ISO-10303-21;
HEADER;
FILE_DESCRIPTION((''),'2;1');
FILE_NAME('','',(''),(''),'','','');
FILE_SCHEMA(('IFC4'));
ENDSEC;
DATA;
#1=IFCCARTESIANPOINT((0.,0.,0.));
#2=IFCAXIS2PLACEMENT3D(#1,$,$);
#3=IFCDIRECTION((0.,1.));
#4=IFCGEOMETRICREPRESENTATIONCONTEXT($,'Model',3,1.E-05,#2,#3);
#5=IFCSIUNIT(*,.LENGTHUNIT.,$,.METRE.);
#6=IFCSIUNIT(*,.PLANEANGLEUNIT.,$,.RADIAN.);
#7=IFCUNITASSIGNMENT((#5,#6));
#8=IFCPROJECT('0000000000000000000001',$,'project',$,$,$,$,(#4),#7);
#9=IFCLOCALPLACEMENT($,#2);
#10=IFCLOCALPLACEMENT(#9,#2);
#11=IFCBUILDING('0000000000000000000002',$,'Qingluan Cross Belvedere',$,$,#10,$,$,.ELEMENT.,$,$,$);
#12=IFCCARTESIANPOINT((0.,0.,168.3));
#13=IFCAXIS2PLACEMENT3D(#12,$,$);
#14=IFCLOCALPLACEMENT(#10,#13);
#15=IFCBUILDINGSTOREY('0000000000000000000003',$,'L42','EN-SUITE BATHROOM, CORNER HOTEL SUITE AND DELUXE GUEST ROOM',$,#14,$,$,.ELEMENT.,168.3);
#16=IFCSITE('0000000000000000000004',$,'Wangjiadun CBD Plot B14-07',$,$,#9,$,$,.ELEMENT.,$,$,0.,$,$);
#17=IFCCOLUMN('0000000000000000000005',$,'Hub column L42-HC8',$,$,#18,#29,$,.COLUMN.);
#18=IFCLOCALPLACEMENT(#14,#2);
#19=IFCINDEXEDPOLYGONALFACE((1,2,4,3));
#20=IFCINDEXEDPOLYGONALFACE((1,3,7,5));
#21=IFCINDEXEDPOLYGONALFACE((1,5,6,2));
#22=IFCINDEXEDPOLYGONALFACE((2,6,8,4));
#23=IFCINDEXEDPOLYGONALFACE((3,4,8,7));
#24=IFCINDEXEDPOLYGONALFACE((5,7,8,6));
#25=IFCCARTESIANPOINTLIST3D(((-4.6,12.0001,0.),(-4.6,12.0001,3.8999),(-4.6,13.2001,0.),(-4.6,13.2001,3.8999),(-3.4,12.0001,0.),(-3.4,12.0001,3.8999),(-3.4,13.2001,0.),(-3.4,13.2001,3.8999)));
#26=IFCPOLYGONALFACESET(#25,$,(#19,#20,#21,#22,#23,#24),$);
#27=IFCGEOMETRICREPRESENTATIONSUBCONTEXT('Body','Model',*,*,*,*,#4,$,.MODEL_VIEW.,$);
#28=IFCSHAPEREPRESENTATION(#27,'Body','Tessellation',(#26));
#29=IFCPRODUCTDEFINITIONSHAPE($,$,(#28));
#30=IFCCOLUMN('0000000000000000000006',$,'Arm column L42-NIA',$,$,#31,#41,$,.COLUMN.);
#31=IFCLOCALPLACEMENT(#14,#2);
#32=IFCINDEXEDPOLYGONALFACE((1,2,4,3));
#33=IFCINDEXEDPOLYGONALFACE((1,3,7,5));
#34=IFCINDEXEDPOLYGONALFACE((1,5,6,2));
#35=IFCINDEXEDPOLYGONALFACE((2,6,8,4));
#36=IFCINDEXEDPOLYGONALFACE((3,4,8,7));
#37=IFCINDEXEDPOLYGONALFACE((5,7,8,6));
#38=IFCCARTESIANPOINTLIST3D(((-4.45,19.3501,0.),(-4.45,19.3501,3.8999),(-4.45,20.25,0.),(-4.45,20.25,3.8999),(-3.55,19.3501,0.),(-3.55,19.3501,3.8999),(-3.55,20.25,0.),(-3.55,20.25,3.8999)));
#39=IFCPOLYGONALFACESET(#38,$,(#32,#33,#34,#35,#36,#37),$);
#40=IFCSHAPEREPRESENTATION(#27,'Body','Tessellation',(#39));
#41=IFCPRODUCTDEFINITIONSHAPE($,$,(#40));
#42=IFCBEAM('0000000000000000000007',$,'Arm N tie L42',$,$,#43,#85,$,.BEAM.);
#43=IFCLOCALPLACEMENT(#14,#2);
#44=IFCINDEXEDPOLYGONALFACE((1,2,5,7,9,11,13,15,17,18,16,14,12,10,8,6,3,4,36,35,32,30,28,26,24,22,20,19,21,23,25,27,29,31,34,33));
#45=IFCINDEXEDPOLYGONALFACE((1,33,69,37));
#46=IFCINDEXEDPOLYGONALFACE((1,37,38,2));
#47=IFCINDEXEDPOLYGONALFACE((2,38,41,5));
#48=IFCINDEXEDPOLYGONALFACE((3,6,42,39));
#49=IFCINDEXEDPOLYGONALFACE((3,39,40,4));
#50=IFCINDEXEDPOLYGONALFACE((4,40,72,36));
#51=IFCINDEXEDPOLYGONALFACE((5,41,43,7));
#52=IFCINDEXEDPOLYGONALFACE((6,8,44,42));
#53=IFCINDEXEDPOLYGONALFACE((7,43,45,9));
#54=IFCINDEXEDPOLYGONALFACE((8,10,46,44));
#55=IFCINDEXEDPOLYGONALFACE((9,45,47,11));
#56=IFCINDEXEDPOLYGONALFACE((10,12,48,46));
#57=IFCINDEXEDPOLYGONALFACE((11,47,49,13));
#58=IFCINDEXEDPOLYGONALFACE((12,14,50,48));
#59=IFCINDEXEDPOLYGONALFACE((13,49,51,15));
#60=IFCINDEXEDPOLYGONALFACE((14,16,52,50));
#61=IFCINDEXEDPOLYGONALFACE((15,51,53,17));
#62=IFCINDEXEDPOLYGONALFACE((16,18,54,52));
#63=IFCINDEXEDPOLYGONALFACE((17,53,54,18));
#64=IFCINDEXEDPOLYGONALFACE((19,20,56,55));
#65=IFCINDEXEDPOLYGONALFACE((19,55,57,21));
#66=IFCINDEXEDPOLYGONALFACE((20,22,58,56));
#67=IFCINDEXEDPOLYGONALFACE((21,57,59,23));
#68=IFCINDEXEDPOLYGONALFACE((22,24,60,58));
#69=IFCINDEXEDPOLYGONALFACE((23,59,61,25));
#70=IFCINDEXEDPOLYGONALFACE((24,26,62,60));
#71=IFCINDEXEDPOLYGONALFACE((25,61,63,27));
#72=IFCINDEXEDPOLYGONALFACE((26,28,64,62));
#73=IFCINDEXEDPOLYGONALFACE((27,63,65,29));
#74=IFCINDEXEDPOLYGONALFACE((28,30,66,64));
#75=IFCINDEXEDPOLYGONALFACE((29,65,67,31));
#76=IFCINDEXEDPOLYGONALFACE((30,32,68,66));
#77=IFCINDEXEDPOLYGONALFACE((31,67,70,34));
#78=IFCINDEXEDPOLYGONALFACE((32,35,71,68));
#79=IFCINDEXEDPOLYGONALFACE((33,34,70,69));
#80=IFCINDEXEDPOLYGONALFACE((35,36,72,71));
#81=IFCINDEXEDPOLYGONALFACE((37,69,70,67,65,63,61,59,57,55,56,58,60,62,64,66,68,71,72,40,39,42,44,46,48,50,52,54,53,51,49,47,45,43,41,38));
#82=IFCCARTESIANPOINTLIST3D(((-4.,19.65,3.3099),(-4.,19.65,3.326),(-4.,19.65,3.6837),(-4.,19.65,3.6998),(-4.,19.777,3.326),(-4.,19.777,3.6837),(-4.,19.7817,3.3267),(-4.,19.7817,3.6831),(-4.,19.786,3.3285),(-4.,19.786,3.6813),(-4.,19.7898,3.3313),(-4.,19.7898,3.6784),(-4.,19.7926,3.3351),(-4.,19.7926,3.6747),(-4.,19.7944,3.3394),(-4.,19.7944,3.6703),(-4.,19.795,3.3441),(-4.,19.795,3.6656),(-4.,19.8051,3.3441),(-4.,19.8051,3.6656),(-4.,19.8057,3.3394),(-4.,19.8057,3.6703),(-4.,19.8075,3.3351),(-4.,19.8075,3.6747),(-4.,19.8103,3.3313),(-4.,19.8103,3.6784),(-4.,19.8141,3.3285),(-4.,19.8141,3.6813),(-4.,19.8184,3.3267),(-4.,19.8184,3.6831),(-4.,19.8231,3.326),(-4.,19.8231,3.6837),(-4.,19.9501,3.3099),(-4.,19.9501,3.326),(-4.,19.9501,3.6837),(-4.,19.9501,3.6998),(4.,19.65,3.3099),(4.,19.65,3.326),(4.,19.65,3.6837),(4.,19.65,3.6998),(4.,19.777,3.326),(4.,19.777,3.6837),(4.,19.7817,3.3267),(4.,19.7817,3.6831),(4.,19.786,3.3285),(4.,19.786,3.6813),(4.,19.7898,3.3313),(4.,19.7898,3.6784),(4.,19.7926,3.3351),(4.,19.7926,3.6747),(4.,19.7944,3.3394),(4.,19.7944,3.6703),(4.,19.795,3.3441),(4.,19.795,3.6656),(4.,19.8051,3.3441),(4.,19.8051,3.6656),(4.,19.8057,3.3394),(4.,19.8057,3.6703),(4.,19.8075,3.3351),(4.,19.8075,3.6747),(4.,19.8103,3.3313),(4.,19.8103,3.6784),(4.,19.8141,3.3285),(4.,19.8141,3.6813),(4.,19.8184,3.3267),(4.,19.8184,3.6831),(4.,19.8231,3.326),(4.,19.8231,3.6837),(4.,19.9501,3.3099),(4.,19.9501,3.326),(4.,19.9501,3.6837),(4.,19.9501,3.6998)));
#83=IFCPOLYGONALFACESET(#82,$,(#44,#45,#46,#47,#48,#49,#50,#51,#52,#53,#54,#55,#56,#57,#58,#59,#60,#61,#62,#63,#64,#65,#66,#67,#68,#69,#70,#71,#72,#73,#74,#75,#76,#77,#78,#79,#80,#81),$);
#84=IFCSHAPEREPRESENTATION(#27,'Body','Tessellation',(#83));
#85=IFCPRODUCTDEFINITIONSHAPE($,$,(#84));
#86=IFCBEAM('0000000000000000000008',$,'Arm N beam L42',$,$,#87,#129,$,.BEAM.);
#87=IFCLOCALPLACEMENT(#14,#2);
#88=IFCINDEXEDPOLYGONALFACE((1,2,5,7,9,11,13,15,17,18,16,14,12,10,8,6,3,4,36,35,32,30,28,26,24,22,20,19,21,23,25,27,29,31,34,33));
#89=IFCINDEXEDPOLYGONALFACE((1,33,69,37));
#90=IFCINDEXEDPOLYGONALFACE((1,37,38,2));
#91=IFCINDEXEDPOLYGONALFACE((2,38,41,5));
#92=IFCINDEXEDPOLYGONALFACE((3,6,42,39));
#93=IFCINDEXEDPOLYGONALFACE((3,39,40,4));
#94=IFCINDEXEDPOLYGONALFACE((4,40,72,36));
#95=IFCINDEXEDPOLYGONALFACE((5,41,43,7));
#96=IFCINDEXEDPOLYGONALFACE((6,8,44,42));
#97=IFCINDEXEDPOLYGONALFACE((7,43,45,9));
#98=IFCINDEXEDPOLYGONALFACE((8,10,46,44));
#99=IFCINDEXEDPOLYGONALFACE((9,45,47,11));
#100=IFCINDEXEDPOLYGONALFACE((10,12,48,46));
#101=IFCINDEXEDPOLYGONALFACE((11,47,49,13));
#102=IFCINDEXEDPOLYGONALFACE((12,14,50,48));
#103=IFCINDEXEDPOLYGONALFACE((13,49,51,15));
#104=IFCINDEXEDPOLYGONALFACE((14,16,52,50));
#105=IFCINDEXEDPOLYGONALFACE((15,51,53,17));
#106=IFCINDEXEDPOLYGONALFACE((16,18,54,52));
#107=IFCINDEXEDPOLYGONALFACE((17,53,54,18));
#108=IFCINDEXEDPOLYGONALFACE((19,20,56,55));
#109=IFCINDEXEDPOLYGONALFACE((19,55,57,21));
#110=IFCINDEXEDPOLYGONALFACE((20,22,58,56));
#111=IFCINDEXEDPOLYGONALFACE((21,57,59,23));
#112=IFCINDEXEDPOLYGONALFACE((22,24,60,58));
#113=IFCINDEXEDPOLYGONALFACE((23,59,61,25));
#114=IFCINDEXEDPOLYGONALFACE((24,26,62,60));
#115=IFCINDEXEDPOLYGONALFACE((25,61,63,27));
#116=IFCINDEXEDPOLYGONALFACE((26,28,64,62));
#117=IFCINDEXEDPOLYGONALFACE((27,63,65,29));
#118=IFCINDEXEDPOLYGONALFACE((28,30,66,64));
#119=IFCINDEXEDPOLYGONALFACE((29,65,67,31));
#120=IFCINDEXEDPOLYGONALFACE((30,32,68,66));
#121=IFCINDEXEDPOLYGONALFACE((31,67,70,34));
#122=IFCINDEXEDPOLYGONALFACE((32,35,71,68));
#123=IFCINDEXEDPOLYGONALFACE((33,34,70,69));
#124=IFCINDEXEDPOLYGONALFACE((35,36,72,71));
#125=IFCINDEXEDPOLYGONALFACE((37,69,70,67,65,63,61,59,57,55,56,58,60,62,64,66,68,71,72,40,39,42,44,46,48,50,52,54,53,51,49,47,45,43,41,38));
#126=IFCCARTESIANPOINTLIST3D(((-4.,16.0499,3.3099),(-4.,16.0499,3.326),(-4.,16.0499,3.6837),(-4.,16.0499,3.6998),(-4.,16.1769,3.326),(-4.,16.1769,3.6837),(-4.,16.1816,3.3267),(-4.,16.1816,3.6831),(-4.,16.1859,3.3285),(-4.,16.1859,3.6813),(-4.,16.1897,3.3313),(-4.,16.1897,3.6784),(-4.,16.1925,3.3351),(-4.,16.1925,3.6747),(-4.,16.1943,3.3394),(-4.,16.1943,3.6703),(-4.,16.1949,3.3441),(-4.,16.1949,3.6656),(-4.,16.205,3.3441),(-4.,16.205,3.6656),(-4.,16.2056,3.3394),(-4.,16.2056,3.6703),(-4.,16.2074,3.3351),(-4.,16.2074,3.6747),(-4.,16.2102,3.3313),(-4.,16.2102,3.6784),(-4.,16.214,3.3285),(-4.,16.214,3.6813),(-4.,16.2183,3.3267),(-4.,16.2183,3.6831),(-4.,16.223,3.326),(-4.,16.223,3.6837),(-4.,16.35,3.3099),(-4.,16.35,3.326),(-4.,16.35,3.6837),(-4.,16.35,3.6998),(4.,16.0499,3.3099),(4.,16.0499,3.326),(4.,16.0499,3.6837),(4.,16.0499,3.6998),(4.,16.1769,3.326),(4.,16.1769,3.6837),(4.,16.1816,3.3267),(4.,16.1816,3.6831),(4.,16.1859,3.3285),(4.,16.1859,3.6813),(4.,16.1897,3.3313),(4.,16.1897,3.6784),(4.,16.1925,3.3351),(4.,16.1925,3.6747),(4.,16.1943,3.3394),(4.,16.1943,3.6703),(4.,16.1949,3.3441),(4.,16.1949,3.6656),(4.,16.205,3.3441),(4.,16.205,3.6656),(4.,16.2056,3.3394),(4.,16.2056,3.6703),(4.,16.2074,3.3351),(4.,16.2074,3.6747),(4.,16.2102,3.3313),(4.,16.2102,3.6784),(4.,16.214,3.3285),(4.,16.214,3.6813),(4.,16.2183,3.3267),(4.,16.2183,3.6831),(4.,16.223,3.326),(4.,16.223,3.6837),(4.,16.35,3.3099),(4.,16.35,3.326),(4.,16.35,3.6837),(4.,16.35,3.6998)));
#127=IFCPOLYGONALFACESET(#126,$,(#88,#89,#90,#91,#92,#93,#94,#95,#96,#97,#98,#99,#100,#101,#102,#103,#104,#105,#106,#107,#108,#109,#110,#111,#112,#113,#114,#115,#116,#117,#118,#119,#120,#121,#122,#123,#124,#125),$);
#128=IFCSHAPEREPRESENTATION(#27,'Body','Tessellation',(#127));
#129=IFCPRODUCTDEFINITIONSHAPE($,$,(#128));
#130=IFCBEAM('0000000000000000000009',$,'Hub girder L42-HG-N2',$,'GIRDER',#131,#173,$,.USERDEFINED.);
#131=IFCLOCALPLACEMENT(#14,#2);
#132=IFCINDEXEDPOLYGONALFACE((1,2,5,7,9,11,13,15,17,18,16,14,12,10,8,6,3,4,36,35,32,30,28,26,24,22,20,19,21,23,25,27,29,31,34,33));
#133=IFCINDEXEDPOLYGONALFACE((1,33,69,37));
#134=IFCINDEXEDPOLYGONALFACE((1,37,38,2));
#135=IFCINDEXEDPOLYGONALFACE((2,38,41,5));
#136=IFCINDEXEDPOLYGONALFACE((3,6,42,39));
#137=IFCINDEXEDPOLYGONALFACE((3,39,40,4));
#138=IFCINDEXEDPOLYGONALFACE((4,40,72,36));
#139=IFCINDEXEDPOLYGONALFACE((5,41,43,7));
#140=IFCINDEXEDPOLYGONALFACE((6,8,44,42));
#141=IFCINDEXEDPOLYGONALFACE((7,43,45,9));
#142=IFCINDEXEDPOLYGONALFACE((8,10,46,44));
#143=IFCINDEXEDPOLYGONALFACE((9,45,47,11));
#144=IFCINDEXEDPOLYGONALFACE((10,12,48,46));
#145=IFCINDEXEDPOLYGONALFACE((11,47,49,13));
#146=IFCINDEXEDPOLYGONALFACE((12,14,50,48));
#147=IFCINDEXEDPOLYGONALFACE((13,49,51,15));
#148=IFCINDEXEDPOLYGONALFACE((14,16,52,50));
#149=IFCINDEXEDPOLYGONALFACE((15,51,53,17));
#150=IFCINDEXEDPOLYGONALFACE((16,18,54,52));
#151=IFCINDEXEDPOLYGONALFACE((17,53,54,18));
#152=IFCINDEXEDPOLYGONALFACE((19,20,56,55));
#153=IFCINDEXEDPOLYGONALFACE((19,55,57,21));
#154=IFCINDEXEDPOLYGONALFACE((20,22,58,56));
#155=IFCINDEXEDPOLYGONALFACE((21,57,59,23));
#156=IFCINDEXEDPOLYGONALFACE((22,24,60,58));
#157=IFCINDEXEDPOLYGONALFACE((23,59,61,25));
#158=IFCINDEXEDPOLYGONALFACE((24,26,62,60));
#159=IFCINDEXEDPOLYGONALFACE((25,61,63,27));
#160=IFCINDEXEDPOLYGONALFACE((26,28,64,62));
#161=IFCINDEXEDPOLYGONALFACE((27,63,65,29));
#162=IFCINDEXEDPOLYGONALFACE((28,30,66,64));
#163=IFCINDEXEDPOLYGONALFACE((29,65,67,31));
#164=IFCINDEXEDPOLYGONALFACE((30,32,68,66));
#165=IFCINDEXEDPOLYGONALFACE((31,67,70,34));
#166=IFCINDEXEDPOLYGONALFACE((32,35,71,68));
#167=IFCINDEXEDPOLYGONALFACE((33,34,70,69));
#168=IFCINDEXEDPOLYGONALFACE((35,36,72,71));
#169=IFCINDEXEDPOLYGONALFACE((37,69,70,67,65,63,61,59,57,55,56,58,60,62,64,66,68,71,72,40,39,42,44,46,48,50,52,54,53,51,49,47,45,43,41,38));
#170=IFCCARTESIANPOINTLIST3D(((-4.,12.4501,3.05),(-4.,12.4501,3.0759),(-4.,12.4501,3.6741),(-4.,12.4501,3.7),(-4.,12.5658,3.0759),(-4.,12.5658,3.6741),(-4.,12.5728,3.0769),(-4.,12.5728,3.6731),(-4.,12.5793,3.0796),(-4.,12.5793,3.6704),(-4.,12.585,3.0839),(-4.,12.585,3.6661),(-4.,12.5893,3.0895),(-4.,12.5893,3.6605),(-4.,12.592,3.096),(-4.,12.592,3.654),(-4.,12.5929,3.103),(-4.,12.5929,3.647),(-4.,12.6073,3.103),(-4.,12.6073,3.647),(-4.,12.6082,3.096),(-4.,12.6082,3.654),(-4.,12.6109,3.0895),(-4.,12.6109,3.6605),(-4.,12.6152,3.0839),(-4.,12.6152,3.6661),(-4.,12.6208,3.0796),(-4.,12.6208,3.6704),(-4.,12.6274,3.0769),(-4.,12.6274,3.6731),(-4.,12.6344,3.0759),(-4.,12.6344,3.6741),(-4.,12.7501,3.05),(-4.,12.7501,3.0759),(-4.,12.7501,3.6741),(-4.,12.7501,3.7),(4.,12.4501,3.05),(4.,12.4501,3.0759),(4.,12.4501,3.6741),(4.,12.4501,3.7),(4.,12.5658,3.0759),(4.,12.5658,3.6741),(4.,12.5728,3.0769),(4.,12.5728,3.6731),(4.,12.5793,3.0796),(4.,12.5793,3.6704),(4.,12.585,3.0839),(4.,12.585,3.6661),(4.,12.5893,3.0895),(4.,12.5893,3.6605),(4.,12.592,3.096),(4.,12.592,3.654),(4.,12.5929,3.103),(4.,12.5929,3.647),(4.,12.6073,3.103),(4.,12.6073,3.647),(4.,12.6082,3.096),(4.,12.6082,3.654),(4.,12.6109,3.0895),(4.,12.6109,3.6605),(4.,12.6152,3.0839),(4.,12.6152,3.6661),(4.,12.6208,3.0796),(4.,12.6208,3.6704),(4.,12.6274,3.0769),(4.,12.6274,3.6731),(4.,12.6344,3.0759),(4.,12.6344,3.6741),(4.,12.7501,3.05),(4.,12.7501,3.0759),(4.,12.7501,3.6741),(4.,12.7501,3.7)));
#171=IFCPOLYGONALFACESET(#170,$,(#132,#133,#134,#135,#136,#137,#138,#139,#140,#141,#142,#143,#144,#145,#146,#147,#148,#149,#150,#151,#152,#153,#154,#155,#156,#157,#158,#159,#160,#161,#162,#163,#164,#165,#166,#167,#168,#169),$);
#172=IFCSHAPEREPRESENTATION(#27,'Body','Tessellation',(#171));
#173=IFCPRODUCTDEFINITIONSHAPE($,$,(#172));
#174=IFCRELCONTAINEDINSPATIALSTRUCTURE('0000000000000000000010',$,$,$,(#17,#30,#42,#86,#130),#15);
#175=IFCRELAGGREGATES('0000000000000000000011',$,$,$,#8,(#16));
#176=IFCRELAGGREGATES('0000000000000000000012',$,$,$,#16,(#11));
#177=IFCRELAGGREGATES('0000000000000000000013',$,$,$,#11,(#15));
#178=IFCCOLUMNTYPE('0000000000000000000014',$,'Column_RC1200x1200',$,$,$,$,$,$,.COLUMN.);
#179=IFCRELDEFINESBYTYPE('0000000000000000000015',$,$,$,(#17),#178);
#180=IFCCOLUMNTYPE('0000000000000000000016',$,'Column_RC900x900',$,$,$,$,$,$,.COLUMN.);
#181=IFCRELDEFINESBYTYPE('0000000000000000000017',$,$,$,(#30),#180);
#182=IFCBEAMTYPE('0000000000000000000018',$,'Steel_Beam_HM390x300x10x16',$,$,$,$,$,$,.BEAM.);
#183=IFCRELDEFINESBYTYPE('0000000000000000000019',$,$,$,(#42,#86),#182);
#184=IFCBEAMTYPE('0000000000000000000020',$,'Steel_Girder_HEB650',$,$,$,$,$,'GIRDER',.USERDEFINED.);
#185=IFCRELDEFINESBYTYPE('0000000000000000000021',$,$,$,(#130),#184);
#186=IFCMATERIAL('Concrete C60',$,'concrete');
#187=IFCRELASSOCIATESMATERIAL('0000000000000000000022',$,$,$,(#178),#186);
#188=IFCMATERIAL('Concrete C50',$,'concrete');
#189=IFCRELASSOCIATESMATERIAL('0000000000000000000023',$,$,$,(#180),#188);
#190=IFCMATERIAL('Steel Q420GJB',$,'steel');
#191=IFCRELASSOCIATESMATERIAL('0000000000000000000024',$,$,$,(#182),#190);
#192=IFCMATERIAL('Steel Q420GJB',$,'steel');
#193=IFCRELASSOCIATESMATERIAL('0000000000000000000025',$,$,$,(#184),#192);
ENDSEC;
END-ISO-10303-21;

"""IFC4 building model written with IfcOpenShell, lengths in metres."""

from ifc_helpers import new_model, si_unit, direction, frame, origin, origin_2d, place, context, subcontext, project, spatial, rectangle, i_section, extrude, material, material_profile, profile_set, type_object, element, save


model = new_model("IFC4")

# Units and contexts
model_context = context("Model", 3, precision=1e-05, world=origin(), true_north=direction((0.0, 1.0)))
body_context = subcontext(model_context, "Body", "Model", "MODEL_VIEW")
ifc_project = project(units=[si_unit("LENGTHUNIT", "METRE"), si_unit("PLANEANGLEUNIT", "RADIAN")], contexts=[model_context])

# Site, building, storey
site_placement = place(None, origin())
site = spatial("IfcSite", under=ifc_project, at=site_placement, Name="Wangjiadun CBD Plot B14-07", CompositionType="ELEMENT", RefElevation=0.0)
building_placement = place(site_placement, origin())
building = spatial("IfcBuilding", under=site, at=building_placement, Name="Qingluan Cross Belvedere", CompositionType="ELEMENT")
storey_placement = place(building_placement, frame((0.0, 0.0, 168.3)))
storey = spatial("IfcBuildingStorey", under=building, at=storey_placement, Name="L42", Description="EN-SUITE BATHROOM, CORNER HOTEL SUITE AND DELUXE GUEST ROOM", CompositionType="ELEMENT", Elevation=168.3)

# Columns
ifc_material_1 = material(Name="Concrete C60", Category="concrete")
ifc_material_profile_1 = material_profile(ifc_material_1, rectangle(XDim=1.2, YDim=1.2, at=origin_2d()), Name="RC1200x1200")
ifc_profile_set_1 = profile_set([ifc_material_profile_1], Name="Concrete C60")
column_type_1 = type_object("IfcColumnType", Name="Column_RC1200x1200", PredefinedType="COLUMN", material=ifc_profile_set_1)
column_1_placement = place(storey_placement, frame((-4.0, 12.6001, 0.0), z_axis=(0.0, 0.0, 1.0), x_axis=(1.0, 0.0, 0.0)))
element("IfcColumn", 1, at=column_1_placement, inside=storey, type_object=column_type_1, Name="Hub column L42-HC8", PredefinedType="COLUMN", context=body_context, shape_type="SweptSolid", body=[
    extrude(rectangle(XDim=1.2, YDim=1.2, at=origin_2d()), origin(), (0.0, 0.0, 1.0), 3.8999),
])
ifc_material_2 = material(Name="Concrete C50", Category="concrete")
ifc_material_profile_2 = material_profile(ifc_material_2, rectangle(XDim=0.8999, YDim=0.8999, at=origin_2d()), Name="RC900x900")
ifc_profile_set_2 = profile_set([ifc_material_profile_2], Name="Concrete C50")
column_type_2 = type_object("IfcColumnType", Name="Column_RC900x900", PredefinedType="COLUMN", material=ifc_profile_set_2)
column_2_placement = place(storey_placement, frame((-4.0, 19.8, 0.0), z_axis=(0.0, 0.0, 1.0), x_axis=(1.0, 0.0, 0.0)))
element("IfcColumn", 2, at=column_2_placement, inside=storey, type_object=column_type_2, Name="Arm column L42-NIA", PredefinedType="COLUMN", context=body_context, shape_type="SweptSolid", body=[
    extrude(rectangle(XDim=0.8999, YDim=0.8999, at=origin_2d()), origin(), (0.0, 0.0, 1.0), 3.8999),
])

# Beams
ifc_material_3 = material(Name="Steel Q420GJB", Category="steel")
ifc_material_profile_3 = material_profile(ifc_material_3, i_section(OverallWidth=0.3, OverallDepth=0.3899, WebThickness=0.01, FlangeThickness=0.0161, FilletRadius=0.0181, at=origin_2d()), Name="HM390x300x10x16")
ifc_profile_set_3 = profile_set([ifc_material_profile_3], Name="Steel Q420GJB")
beam_type_1 = type_object("IfcBeamType", Name="Steel_Beam_HM390x300x10x16", PredefinedType="BEAM", material=ifc_profile_set_3)
for number, where, z_axis, x_axis, name in (
    (3, (-4.0, 19.8, 3.5049), (1.0, 0.0, 0.0), (0.0, 1.0, 0.0), "Arm N tie L42"),
    (4, (-4.0, 16.2, 3.5049), (1.0, 0.0, 0.0), (0.0, 1.0, 0.0), "Arm N beam L42"),
):
    element("IfcBeam", number, at=place(storey_placement, frame(where, z_axis=z_axis, x_axis=x_axis)), inside=storey, type_object=beam_type_1, Name=name, PredefinedType="BEAM", context=body_context, shape_type="SweptSolid", body=[
        extrude(i_section(OverallWidth=0.3, OverallDepth=0.3899, WebThickness=0.01, FlangeThickness=0.0161, FilletRadius=0.0181, at=origin_2d()), origin(), (0.0, 0.0, 1.0), 8.0),
    ])
ifc_material_4 = material(Name="Steel Q420GJB", Category="steel")
ifc_material_profile_4 = material_profile(ifc_material_4, i_section(OverallWidth=0.3, OverallDepth=0.6499, WebThickness=0.0144, FlangeThickness=0.0259, FilletRadius=0.0271, at=origin_2d()), Name="HEB650")
ifc_profile_set_4 = profile_set([ifc_material_profile_4], Name="Steel Q420GJB")
beam_type_2 = type_object("IfcBeamType", Name="Steel_Girder_HEB650", ElementType="GIRDER", PredefinedType="USERDEFINED", material=ifc_profile_set_4)
beam_1_placement = place(storey_placement, frame((-4.0, 12.6001, 3.375), z_axis=(1.0, 0.0, 0.0), x_axis=(0.0, 1.0, 0.0)))
element("IfcBeam", 5, at=beam_1_placement, inside=storey, type_object=beam_type_2, Name="Hub girder L42-HG-N2", ObjectType="GIRDER", PredefinedType="USERDEFINED", context=body_context, shape_type="SweptSolid", body=[
    extrude(i_section(OverallWidth=0.3, OverallDepth=0.6499, WebThickness=0.0144, FlangeThickness=0.0259, FilletRadius=0.0271, at=origin_2d()), origin(), (0.0, 0.0, 1.0), 8.0),
])

save(model, "model.ifc")
